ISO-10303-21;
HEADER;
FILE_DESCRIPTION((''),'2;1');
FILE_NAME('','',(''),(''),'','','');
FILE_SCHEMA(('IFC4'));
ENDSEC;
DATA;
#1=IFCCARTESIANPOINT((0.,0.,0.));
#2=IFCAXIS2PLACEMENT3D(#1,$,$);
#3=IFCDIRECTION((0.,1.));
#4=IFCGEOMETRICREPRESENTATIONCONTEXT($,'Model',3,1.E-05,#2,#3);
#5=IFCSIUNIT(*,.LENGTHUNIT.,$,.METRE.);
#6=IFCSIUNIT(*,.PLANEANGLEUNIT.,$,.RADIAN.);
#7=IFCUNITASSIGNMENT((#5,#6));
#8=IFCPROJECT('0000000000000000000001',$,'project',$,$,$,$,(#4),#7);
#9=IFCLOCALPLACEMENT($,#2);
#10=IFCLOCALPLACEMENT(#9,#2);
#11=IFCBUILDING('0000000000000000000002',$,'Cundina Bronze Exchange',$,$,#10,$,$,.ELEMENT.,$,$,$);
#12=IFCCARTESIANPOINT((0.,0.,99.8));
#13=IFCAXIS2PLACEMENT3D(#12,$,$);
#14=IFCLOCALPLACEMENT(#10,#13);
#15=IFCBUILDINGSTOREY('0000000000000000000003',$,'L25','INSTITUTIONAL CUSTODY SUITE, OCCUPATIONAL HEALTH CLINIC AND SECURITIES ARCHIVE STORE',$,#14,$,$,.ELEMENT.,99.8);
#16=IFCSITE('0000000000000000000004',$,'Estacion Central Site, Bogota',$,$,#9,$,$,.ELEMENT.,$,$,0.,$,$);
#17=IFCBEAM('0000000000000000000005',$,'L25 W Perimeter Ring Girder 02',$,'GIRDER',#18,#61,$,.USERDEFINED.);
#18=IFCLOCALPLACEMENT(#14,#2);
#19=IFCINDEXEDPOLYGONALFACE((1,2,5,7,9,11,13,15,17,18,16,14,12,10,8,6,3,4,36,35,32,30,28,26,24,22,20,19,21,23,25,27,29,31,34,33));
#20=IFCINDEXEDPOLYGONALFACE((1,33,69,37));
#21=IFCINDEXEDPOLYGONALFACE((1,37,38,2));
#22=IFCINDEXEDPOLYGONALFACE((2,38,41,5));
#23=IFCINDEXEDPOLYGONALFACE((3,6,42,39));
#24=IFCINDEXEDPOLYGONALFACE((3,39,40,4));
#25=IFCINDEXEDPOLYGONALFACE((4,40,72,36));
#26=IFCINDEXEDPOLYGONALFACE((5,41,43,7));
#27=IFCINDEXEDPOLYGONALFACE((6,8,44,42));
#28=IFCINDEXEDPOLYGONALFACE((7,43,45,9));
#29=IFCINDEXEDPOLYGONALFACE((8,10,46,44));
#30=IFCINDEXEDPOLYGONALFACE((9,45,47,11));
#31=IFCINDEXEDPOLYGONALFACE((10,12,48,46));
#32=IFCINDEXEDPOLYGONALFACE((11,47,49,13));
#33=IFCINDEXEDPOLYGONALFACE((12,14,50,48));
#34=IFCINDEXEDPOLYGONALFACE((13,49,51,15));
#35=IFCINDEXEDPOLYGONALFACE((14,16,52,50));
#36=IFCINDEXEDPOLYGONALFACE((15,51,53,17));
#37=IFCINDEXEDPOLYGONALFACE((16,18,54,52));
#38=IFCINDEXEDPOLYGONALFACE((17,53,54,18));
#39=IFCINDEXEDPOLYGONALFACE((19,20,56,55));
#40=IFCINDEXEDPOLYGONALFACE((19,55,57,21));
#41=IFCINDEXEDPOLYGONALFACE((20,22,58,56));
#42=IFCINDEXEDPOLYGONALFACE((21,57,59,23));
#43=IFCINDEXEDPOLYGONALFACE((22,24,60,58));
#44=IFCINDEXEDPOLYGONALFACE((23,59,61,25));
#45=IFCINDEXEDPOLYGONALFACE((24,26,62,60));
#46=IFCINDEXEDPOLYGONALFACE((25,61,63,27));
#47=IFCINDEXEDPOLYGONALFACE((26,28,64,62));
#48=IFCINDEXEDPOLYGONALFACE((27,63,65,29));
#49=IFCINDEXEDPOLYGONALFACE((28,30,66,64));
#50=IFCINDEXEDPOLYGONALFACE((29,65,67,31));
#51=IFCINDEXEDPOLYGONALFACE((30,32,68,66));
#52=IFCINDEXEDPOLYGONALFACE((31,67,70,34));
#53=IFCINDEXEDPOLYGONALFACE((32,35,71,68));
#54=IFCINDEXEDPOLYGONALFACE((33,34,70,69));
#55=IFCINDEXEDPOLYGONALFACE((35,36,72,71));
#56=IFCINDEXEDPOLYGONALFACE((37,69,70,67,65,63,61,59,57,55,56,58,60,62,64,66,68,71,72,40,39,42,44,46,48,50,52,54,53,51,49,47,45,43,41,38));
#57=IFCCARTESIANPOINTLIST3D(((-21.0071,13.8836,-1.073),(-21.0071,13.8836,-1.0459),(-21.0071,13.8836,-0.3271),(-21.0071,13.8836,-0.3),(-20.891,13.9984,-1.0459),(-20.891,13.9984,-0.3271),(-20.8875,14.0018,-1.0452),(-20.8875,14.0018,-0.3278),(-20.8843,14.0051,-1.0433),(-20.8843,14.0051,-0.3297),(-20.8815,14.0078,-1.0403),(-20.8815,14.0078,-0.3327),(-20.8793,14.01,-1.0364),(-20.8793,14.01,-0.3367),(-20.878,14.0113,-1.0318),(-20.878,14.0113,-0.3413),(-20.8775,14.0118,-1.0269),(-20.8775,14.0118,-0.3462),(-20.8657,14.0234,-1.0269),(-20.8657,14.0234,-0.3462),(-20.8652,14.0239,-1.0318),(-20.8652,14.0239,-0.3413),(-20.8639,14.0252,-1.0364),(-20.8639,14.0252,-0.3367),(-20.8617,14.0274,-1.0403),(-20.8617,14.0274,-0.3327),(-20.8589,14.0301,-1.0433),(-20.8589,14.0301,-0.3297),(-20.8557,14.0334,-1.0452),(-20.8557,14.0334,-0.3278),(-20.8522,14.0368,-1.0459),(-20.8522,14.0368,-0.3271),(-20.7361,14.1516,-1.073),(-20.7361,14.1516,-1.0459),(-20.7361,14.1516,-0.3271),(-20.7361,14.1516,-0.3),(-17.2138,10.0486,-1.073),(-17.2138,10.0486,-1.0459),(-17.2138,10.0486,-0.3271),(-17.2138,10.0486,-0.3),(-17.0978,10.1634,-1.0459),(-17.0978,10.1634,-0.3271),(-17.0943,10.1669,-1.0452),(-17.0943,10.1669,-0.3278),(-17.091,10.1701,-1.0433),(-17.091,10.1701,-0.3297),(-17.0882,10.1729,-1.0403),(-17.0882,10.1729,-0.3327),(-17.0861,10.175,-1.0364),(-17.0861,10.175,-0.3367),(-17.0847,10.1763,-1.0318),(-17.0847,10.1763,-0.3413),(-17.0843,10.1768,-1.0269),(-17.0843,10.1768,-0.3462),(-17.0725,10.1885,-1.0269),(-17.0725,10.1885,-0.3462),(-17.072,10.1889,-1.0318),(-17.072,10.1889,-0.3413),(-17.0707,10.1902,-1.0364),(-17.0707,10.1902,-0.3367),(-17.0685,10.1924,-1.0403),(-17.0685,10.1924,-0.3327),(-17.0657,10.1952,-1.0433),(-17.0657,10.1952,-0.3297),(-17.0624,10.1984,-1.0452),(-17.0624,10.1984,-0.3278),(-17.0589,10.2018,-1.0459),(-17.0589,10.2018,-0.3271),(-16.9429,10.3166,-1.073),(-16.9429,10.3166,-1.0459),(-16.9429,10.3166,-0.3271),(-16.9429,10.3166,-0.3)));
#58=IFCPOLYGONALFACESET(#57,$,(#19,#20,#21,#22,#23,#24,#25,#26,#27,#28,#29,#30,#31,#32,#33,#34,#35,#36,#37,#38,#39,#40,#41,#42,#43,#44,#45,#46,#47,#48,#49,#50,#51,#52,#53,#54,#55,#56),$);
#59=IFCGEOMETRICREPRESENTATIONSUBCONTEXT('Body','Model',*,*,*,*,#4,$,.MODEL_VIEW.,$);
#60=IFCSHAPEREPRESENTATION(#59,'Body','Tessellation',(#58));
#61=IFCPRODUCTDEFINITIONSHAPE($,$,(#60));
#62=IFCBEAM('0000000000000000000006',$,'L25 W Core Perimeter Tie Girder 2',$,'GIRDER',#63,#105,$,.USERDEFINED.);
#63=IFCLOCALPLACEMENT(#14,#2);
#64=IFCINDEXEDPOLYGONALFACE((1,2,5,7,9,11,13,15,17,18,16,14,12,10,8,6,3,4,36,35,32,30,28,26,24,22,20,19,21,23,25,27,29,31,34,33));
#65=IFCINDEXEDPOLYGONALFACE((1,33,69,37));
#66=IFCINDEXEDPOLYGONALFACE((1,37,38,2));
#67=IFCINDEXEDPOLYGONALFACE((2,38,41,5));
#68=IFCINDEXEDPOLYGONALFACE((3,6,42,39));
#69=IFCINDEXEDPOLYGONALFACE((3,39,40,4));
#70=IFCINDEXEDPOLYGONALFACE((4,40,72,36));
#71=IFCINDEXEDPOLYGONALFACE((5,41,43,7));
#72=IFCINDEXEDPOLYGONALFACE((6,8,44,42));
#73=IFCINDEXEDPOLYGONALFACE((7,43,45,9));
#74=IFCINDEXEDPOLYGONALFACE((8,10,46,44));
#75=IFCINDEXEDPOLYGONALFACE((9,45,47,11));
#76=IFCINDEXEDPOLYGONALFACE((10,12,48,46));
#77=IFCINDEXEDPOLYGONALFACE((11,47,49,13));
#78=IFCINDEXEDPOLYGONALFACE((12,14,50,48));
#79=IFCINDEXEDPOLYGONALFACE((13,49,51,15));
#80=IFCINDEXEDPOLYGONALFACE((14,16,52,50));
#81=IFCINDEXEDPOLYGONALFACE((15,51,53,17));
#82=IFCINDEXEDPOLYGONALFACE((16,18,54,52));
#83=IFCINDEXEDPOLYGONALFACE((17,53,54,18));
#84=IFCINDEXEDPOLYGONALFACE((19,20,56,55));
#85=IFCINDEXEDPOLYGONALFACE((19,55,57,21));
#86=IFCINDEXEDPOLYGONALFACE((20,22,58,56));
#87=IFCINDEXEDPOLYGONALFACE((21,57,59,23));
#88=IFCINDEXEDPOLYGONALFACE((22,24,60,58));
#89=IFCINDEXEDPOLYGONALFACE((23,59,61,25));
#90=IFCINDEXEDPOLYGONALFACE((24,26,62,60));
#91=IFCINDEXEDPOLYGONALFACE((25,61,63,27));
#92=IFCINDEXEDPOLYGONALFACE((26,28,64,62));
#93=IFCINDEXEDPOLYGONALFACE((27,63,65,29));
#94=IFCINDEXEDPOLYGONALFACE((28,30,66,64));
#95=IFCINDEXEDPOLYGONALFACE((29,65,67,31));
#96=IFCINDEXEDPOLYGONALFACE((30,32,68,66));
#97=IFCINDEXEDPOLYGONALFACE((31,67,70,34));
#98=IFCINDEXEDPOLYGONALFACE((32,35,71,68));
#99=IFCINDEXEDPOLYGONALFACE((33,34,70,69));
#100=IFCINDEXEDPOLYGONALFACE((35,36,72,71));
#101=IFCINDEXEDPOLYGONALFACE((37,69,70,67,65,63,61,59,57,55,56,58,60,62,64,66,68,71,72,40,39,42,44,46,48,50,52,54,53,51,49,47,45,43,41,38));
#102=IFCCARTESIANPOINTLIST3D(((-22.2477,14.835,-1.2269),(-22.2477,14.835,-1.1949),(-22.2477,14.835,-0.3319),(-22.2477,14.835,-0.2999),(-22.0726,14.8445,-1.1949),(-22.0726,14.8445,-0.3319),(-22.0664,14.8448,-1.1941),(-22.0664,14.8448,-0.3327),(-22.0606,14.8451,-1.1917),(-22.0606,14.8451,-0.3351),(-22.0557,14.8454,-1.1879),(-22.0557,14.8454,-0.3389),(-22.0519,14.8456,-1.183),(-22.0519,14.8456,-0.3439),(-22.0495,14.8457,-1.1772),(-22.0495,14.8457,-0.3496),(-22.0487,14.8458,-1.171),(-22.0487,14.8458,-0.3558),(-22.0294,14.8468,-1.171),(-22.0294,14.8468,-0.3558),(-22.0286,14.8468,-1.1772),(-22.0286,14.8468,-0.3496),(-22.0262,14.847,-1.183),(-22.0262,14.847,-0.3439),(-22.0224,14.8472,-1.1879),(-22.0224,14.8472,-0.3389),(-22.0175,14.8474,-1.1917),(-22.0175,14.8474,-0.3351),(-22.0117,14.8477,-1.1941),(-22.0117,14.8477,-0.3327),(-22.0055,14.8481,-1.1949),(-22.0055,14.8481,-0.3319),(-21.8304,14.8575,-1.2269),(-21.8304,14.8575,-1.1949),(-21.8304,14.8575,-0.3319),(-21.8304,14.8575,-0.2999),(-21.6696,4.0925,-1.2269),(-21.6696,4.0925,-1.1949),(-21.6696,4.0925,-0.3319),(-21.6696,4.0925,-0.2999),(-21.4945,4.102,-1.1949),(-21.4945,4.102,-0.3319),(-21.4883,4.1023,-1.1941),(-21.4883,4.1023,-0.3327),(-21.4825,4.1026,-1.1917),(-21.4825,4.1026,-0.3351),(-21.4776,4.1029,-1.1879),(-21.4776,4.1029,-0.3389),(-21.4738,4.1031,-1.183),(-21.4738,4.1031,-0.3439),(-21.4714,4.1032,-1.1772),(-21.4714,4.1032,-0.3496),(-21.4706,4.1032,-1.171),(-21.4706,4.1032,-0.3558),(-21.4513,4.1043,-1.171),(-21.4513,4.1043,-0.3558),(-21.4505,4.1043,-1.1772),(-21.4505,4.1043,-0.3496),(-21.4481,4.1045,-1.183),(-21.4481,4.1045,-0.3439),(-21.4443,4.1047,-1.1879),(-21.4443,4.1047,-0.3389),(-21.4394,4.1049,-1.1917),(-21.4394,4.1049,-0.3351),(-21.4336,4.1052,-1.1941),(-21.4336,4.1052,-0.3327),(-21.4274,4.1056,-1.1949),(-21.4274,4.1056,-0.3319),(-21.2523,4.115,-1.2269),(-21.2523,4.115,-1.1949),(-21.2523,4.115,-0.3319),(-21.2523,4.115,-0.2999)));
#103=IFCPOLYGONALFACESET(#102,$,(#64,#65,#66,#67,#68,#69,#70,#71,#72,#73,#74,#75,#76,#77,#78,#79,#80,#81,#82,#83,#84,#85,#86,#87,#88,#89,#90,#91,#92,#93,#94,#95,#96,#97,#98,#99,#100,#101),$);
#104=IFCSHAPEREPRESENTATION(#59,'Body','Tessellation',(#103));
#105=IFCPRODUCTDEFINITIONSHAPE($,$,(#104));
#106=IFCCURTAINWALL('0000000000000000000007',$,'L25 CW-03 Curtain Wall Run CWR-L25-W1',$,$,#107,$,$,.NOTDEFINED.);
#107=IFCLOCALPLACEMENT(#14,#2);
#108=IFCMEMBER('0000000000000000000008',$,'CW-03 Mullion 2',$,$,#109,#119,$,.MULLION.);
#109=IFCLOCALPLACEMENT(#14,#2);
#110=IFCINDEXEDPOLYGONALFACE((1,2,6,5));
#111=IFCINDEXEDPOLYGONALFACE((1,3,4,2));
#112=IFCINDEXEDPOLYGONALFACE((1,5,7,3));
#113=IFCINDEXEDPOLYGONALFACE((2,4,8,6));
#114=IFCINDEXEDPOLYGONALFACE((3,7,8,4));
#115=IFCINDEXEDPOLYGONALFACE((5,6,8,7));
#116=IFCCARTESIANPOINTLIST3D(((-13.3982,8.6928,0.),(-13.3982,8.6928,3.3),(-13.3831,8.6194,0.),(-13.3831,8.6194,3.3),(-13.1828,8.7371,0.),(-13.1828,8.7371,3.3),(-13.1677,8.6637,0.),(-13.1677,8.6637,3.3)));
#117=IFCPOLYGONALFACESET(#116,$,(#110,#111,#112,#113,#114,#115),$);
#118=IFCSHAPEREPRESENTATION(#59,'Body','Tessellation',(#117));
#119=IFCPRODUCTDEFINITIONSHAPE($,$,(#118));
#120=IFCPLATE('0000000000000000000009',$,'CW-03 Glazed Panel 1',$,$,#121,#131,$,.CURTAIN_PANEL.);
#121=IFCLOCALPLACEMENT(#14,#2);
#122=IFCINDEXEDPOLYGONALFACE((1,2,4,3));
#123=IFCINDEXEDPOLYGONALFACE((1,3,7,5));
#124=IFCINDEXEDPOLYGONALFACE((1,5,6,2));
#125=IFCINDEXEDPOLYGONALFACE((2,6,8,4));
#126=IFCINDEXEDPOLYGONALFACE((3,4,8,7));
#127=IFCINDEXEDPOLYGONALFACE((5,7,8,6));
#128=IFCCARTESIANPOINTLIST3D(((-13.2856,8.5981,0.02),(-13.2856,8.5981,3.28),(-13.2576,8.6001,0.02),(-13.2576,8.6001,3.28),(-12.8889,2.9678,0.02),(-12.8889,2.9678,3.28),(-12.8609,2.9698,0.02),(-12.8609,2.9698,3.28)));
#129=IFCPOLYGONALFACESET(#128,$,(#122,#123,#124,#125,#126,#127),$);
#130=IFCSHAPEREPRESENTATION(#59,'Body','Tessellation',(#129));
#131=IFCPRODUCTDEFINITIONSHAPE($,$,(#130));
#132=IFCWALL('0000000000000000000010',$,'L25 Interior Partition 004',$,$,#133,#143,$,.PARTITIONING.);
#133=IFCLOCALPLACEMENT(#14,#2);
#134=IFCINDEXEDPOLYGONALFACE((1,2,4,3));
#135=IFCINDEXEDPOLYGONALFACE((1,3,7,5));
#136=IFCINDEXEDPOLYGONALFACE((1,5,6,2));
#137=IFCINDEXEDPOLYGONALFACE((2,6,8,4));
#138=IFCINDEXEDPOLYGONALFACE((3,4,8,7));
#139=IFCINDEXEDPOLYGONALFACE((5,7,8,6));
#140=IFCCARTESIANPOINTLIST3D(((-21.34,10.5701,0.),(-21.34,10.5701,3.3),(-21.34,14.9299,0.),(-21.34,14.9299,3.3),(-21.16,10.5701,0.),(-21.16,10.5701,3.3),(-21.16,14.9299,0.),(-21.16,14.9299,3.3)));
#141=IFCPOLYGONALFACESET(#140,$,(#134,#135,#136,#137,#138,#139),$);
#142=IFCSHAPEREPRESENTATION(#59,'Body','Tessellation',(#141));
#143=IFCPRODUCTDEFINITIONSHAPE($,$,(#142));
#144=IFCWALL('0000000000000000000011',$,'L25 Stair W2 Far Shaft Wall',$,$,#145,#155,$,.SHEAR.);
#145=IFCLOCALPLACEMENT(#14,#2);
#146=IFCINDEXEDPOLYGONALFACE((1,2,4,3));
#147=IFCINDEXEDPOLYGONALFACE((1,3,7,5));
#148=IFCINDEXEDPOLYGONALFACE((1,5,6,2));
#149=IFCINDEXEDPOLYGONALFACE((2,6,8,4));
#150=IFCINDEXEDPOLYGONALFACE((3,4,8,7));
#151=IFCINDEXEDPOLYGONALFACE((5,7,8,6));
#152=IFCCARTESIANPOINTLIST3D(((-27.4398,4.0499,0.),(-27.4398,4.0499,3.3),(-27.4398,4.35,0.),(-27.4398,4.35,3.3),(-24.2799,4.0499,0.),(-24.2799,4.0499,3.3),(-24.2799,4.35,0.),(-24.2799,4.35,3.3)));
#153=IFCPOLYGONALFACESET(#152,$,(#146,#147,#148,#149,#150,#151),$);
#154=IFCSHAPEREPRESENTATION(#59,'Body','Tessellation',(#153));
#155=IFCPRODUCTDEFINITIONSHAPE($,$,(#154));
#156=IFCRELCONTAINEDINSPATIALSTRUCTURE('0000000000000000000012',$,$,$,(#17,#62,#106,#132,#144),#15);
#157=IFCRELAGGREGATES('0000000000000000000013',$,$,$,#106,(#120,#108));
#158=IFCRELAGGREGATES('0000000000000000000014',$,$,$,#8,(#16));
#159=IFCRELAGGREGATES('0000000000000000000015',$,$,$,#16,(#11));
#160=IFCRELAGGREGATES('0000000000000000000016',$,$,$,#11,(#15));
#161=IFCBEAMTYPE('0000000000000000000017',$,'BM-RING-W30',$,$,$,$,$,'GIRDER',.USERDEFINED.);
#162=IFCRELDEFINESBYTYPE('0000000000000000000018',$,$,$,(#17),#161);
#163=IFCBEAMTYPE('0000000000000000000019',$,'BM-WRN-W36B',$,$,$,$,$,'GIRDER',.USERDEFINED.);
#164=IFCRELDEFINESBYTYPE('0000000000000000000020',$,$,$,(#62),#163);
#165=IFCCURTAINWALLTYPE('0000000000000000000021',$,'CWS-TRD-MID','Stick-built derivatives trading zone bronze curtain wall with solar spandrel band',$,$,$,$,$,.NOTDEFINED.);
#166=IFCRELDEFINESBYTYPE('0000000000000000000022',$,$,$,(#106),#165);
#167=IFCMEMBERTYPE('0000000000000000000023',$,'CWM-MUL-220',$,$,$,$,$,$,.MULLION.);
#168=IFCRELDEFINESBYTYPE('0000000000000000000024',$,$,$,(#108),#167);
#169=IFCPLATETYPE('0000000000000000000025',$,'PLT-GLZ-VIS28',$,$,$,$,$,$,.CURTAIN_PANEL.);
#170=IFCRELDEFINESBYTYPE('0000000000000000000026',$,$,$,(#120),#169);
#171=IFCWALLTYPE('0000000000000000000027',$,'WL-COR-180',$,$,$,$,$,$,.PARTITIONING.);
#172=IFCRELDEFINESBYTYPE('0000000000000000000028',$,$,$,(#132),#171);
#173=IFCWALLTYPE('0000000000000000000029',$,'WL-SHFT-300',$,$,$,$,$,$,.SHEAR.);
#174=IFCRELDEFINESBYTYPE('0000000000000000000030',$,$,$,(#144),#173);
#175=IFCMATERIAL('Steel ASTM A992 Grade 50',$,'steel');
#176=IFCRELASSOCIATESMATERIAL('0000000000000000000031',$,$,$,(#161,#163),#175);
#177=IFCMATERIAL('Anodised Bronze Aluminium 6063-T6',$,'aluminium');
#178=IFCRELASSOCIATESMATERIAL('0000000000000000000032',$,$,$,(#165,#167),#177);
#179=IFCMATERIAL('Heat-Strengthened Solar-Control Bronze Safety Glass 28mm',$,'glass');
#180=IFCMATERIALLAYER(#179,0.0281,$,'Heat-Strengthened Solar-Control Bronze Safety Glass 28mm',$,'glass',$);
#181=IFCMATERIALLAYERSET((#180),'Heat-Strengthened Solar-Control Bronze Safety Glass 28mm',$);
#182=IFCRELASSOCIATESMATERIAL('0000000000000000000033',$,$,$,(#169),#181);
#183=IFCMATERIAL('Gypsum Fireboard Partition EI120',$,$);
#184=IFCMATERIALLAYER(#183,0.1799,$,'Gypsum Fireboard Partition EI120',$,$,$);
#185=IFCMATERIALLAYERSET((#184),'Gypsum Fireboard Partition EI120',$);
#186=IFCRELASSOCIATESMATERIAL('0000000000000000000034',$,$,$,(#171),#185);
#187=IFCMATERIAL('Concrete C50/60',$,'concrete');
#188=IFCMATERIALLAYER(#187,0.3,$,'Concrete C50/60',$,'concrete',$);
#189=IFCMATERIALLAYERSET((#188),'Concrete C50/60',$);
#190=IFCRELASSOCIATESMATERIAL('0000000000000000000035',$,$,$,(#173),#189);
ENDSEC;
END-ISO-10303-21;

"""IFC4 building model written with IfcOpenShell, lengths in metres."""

from ifc_helpers import new_model, si_unit, direction, frame, frame_2d, origin, origin_2d, place, context, subcontext, project, spatial, rectangle, i_section, extrude, material, layer, layer_set, material_profile, profile_set, type_object, element, aggregate, save


model = new_model("IFC4")

# Units and contexts
model_context = context("Model", 3, precision=1e-05, world=origin(), true_north=direction((0.0, 1.0)))
body_context = subcontext(model_context, "Body", "Model", "MODEL_VIEW")
ifc_project = project(units=[si_unit("LENGTHUNIT", "METRE"), si_unit("PLANEANGLEUNIT", "RADIAN")], contexts=[model_context])

# Site, building, storey
site_placement = place(None, origin())
site = spatial("IfcSite", under=ifc_project, at=site_placement, Name="Estacion Central Site, Bogota", CompositionType="ELEMENT", RefElevation=0.0)
building_placement = place(site_placement, origin())
building = spatial("IfcBuilding", under=site, at=building_placement, Name="Cundina Bronze Exchange", CompositionType="ELEMENT")
storey_placement = place(building_placement, frame((0.0, 0.0, 99.8)))
storey = spatial("IfcBuildingStorey", under=building, at=storey_placement, Name="L25", Description="INSTITUTIONAL CUSTODY SUITE, OCCUPATIONAL HEALTH CLINIC AND SECURITIES ARCHIVE STORE", CompositionType="ELEMENT", Elevation=99.8)

# Beams
ifc_material_1 = material(Name="Steel ASTM A992 Grade 50", Category="steel")
ifc_material_profile_1 = material_profile(ifc_material_1, i_section(OverallWidth=0.3811, OverallDepth=0.7729, WebThickness=0.0166, FlangeThickness=0.0271, FilletRadius=0.019, at=origin_2d()), Name="W30X173", Category="steel")
ifc_profile_set_1 = profile_set([ifc_material_profile_1], Name="Steel ASTM A992 Grade 50")
beam_type_1 = type_object("IfcBeamType", Name="BM-RING-W30", ElementType="GIRDER", PredefinedType="USERDEFINED", material=ifc_profile_set_1)
beam_1_placement = place(storey_placement, frame((-17.0784, 10.1826, -0.6865), z_axis=(-0.703226, 0.710966, 0.0), x_axis=(-0.710966, -0.703226, 0.0)))
element("IfcBeam", 1, at=beam_1_placement, inside=storey, type_object=beam_type_1, Name="L25 W Perimeter Ring Girder 02", ObjectType="GIRDER", PredefinedType="USERDEFINED", context=body_context, shape_type="SweptSolid", body=[
    extrude(i_section(OverallWidth=0.3811, OverallDepth=0.7729, WebThickness=0.0166, FlangeThickness=0.0271, FilletRadius=0.019, at=origin_2d()), origin(), (0.0, 0.0, 1.0), 5.394),
])
ifc_material_profile_2 = material_profile(ifc_material_1, i_section(OverallWidth=0.418, OverallDepth=0.927, WebThickness=0.0193, FlangeThickness=0.032, FilletRadius=0.0239, at=origin_2d()), Name="W36X231", Category="steel")
ifc_profile_set_2 = profile_set([ifc_material_profile_2], Name="Steel ASTM A992 Grade 50")
beam_type_2 = type_object("IfcBeamType", Name="BM-WRN-W36B", ElementType="GIRDER", PredefinedType="USERDEFINED", material=ifc_profile_set_2)
beam_2_placement = place(storey_placement, frame((-21.4609, 4.1038, -0.7634), z_axis=(-0.053739, 0.998555, 0.0), x_axis=(-0.998555, -0.053739, 0.0)))
element("IfcBeam", 2, at=beam_2_placement, inside=storey, type_object=beam_type_2, Name="L25 W Core Perimeter Tie Girder 2", ObjectType="GIRDER", PredefinedType="USERDEFINED", context=body_context, shape_type="SweptSolid", body=[
    extrude(i_section(OverallWidth=0.418, OverallDepth=0.927, WebThickness=0.0193, FlangeThickness=0.032, FilletRadius=0.0239, at=origin_2d()), origin(), (0.0, 0.0, 1.0), 10.7581),
])

# Curtain wall, member, plate
ifc_material_2 = material(Name="Anodised Bronze Aluminium 6063-T6", Category="aluminium")
curtain_wall_type = type_object("IfcCurtainWallType", Name="CWS-TRD-MID", Description="Stick-built derivatives trading zone bronze curtain wall with solar spandrel band", PredefinedType="NOTDEFINED", material=ifc_material_2)
curtain_wall_placement = place(storey_placement, origin())
curtain_wall = element("IfcCurtainWall", 3, at=curtain_wall_placement, inside=storey, type_object=curtain_wall_type, Name="L25 CW-03 Curtain Wall Run CWR-L25-W1", PredefinedType="NOTDEFINED")
ifc_material_profile_3 = material_profile(ifc_material_2, rectangle(XDim=0.075, YDim=0.22, at=origin_2d()), Name="AL75X220", Category="aluminium")
ifc_profile_set_3 = profile_set([ifc_material_profile_3], Name="Anodised Bronze Aluminium 6063-T6")
member_type = type_object("IfcMemberType", Name="CWM-MUL-220", PredefinedType="MULLION", material=ifc_profile_set_3)
member_placement = place(storey_placement, frame((-13.283, 8.6782, 0.0), z_axis=(0.0, 0.0, 1.0), x_axis=(-0.20142, 0.979505, 0.0)))
member = element("IfcMember", 4, at=member_placement, type_object=member_type, Name="CW-03 Mullion 2", PredefinedType="MULLION", context=body_context, shape_type="SweptSolid", body=[
    extrude(rectangle(XDim=0.075, YDim=0.22, at=origin_2d()), origin(), (0.0, 0.0, 1.0), 3.3),
])
ifc_material_3 = material(Name="Heat-Strengthened Solar-Control Bronze Safety Glass 28mm", Category="glass")
ifc_layer_1 = layer(ifc_material_3, 0.0281, Name="Heat-Strengthened Solar-Control Bronze Safety Glass 28mm", Category="glass")
ifc_layer_set_1 = layer_set([ifc_layer_1], Name="Heat-Strengthened Solar-Control Bronze Safety Glass 28mm")
plate_type = type_object("IfcPlateType", Name="PLT-GLZ-VIS28", PredefinedType="CURTAIN_PANEL", material=ifc_layer_set_1)
plate_placement = place(storey_placement, frame((-13.0732, 5.7839, 0.02), z_axis=(0.0, 0.0, 1.0), x_axis=(-0.070279, 0.997527, 0.0)))
plate = element("IfcPlate", 5, at=plate_placement, type_object=plate_type, Name="CW-03 Glazed Panel 1", PredefinedType="CURTAIN_PANEL", context=body_context, shape_type="SweptSolid", body=[
    extrude(rectangle(XDim=5.6443, YDim=0.0281, at=origin_2d()), origin(), (0.0, 0.0, 1.0), 3.26),
])
aggregate(curtain_wall, [plate, member])

# Walls
ifc_material_4 = material(Name="Gypsum Fireboard Partition EI120")
ifc_layer_2 = layer(ifc_material_4, 0.1799, Name="Gypsum Fireboard Partition EI120")
ifc_layer_set_2 = layer_set([ifc_layer_2], Name="Gypsum Fireboard Partition EI120")
wall_type_1 = type_object("IfcWallType", Name="WL-COR-180", PredefinedType="PARTITIONING", material=ifc_layer_set_2)
wall_1_placement = place(storey_placement, frame((-21.25, 10.5701, 0.0), z_axis=(0.0, 0.0, 1.0), x_axis=(0.0, 1.0, 0.0)))
element("IfcWall", 6, at=wall_1_placement, inside=storey, type_object=wall_type_1, Name="L25 Interior Partition 004", PredefinedType="PARTITIONING", context=body_context, shape_type="SweptSolid", body=[
    extrude(rectangle(XDim=4.3599, YDim=0.1799, at=frame_2d((2.1799, 0.0))), origin(), (0.0, 0.0, 1.0), 3.3),
])
ifc_material_5 = material(Name="Concrete C50/60", Category="concrete")
ifc_layer_3 = layer(ifc_material_5, 0.3, Name="Concrete C50/60", Category="concrete")
ifc_layer_set_3 = layer_set([ifc_layer_3], Name="Concrete C50/60")
wall_type_2 = type_object("IfcWallType", Name="WL-SHFT-300", PredefinedType="SHEAR", material=ifc_layer_set_3)
wall_2_placement = place(storey_placement, frame((-27.4399, 4.2, 0.0), z_axis=(0.0, 0.0, 1.0), x_axis=(1.0, 0.0, 0.0)))
element("IfcWall", 7, at=wall_2_placement, inside=storey, type_object=wall_type_2, Name="L25 Stair W2 Far Shaft Wall", PredefinedType="SHEAR", context=body_context, shape_type="SweptSolid", body=[
    extrude(rectangle(XDim=3.1599, YDim=0.3, at=frame_2d((1.5801, 0.0))), origin(), (0.0, 0.0, 1.0), 3.3),
])

save(model, "model.ifc")
